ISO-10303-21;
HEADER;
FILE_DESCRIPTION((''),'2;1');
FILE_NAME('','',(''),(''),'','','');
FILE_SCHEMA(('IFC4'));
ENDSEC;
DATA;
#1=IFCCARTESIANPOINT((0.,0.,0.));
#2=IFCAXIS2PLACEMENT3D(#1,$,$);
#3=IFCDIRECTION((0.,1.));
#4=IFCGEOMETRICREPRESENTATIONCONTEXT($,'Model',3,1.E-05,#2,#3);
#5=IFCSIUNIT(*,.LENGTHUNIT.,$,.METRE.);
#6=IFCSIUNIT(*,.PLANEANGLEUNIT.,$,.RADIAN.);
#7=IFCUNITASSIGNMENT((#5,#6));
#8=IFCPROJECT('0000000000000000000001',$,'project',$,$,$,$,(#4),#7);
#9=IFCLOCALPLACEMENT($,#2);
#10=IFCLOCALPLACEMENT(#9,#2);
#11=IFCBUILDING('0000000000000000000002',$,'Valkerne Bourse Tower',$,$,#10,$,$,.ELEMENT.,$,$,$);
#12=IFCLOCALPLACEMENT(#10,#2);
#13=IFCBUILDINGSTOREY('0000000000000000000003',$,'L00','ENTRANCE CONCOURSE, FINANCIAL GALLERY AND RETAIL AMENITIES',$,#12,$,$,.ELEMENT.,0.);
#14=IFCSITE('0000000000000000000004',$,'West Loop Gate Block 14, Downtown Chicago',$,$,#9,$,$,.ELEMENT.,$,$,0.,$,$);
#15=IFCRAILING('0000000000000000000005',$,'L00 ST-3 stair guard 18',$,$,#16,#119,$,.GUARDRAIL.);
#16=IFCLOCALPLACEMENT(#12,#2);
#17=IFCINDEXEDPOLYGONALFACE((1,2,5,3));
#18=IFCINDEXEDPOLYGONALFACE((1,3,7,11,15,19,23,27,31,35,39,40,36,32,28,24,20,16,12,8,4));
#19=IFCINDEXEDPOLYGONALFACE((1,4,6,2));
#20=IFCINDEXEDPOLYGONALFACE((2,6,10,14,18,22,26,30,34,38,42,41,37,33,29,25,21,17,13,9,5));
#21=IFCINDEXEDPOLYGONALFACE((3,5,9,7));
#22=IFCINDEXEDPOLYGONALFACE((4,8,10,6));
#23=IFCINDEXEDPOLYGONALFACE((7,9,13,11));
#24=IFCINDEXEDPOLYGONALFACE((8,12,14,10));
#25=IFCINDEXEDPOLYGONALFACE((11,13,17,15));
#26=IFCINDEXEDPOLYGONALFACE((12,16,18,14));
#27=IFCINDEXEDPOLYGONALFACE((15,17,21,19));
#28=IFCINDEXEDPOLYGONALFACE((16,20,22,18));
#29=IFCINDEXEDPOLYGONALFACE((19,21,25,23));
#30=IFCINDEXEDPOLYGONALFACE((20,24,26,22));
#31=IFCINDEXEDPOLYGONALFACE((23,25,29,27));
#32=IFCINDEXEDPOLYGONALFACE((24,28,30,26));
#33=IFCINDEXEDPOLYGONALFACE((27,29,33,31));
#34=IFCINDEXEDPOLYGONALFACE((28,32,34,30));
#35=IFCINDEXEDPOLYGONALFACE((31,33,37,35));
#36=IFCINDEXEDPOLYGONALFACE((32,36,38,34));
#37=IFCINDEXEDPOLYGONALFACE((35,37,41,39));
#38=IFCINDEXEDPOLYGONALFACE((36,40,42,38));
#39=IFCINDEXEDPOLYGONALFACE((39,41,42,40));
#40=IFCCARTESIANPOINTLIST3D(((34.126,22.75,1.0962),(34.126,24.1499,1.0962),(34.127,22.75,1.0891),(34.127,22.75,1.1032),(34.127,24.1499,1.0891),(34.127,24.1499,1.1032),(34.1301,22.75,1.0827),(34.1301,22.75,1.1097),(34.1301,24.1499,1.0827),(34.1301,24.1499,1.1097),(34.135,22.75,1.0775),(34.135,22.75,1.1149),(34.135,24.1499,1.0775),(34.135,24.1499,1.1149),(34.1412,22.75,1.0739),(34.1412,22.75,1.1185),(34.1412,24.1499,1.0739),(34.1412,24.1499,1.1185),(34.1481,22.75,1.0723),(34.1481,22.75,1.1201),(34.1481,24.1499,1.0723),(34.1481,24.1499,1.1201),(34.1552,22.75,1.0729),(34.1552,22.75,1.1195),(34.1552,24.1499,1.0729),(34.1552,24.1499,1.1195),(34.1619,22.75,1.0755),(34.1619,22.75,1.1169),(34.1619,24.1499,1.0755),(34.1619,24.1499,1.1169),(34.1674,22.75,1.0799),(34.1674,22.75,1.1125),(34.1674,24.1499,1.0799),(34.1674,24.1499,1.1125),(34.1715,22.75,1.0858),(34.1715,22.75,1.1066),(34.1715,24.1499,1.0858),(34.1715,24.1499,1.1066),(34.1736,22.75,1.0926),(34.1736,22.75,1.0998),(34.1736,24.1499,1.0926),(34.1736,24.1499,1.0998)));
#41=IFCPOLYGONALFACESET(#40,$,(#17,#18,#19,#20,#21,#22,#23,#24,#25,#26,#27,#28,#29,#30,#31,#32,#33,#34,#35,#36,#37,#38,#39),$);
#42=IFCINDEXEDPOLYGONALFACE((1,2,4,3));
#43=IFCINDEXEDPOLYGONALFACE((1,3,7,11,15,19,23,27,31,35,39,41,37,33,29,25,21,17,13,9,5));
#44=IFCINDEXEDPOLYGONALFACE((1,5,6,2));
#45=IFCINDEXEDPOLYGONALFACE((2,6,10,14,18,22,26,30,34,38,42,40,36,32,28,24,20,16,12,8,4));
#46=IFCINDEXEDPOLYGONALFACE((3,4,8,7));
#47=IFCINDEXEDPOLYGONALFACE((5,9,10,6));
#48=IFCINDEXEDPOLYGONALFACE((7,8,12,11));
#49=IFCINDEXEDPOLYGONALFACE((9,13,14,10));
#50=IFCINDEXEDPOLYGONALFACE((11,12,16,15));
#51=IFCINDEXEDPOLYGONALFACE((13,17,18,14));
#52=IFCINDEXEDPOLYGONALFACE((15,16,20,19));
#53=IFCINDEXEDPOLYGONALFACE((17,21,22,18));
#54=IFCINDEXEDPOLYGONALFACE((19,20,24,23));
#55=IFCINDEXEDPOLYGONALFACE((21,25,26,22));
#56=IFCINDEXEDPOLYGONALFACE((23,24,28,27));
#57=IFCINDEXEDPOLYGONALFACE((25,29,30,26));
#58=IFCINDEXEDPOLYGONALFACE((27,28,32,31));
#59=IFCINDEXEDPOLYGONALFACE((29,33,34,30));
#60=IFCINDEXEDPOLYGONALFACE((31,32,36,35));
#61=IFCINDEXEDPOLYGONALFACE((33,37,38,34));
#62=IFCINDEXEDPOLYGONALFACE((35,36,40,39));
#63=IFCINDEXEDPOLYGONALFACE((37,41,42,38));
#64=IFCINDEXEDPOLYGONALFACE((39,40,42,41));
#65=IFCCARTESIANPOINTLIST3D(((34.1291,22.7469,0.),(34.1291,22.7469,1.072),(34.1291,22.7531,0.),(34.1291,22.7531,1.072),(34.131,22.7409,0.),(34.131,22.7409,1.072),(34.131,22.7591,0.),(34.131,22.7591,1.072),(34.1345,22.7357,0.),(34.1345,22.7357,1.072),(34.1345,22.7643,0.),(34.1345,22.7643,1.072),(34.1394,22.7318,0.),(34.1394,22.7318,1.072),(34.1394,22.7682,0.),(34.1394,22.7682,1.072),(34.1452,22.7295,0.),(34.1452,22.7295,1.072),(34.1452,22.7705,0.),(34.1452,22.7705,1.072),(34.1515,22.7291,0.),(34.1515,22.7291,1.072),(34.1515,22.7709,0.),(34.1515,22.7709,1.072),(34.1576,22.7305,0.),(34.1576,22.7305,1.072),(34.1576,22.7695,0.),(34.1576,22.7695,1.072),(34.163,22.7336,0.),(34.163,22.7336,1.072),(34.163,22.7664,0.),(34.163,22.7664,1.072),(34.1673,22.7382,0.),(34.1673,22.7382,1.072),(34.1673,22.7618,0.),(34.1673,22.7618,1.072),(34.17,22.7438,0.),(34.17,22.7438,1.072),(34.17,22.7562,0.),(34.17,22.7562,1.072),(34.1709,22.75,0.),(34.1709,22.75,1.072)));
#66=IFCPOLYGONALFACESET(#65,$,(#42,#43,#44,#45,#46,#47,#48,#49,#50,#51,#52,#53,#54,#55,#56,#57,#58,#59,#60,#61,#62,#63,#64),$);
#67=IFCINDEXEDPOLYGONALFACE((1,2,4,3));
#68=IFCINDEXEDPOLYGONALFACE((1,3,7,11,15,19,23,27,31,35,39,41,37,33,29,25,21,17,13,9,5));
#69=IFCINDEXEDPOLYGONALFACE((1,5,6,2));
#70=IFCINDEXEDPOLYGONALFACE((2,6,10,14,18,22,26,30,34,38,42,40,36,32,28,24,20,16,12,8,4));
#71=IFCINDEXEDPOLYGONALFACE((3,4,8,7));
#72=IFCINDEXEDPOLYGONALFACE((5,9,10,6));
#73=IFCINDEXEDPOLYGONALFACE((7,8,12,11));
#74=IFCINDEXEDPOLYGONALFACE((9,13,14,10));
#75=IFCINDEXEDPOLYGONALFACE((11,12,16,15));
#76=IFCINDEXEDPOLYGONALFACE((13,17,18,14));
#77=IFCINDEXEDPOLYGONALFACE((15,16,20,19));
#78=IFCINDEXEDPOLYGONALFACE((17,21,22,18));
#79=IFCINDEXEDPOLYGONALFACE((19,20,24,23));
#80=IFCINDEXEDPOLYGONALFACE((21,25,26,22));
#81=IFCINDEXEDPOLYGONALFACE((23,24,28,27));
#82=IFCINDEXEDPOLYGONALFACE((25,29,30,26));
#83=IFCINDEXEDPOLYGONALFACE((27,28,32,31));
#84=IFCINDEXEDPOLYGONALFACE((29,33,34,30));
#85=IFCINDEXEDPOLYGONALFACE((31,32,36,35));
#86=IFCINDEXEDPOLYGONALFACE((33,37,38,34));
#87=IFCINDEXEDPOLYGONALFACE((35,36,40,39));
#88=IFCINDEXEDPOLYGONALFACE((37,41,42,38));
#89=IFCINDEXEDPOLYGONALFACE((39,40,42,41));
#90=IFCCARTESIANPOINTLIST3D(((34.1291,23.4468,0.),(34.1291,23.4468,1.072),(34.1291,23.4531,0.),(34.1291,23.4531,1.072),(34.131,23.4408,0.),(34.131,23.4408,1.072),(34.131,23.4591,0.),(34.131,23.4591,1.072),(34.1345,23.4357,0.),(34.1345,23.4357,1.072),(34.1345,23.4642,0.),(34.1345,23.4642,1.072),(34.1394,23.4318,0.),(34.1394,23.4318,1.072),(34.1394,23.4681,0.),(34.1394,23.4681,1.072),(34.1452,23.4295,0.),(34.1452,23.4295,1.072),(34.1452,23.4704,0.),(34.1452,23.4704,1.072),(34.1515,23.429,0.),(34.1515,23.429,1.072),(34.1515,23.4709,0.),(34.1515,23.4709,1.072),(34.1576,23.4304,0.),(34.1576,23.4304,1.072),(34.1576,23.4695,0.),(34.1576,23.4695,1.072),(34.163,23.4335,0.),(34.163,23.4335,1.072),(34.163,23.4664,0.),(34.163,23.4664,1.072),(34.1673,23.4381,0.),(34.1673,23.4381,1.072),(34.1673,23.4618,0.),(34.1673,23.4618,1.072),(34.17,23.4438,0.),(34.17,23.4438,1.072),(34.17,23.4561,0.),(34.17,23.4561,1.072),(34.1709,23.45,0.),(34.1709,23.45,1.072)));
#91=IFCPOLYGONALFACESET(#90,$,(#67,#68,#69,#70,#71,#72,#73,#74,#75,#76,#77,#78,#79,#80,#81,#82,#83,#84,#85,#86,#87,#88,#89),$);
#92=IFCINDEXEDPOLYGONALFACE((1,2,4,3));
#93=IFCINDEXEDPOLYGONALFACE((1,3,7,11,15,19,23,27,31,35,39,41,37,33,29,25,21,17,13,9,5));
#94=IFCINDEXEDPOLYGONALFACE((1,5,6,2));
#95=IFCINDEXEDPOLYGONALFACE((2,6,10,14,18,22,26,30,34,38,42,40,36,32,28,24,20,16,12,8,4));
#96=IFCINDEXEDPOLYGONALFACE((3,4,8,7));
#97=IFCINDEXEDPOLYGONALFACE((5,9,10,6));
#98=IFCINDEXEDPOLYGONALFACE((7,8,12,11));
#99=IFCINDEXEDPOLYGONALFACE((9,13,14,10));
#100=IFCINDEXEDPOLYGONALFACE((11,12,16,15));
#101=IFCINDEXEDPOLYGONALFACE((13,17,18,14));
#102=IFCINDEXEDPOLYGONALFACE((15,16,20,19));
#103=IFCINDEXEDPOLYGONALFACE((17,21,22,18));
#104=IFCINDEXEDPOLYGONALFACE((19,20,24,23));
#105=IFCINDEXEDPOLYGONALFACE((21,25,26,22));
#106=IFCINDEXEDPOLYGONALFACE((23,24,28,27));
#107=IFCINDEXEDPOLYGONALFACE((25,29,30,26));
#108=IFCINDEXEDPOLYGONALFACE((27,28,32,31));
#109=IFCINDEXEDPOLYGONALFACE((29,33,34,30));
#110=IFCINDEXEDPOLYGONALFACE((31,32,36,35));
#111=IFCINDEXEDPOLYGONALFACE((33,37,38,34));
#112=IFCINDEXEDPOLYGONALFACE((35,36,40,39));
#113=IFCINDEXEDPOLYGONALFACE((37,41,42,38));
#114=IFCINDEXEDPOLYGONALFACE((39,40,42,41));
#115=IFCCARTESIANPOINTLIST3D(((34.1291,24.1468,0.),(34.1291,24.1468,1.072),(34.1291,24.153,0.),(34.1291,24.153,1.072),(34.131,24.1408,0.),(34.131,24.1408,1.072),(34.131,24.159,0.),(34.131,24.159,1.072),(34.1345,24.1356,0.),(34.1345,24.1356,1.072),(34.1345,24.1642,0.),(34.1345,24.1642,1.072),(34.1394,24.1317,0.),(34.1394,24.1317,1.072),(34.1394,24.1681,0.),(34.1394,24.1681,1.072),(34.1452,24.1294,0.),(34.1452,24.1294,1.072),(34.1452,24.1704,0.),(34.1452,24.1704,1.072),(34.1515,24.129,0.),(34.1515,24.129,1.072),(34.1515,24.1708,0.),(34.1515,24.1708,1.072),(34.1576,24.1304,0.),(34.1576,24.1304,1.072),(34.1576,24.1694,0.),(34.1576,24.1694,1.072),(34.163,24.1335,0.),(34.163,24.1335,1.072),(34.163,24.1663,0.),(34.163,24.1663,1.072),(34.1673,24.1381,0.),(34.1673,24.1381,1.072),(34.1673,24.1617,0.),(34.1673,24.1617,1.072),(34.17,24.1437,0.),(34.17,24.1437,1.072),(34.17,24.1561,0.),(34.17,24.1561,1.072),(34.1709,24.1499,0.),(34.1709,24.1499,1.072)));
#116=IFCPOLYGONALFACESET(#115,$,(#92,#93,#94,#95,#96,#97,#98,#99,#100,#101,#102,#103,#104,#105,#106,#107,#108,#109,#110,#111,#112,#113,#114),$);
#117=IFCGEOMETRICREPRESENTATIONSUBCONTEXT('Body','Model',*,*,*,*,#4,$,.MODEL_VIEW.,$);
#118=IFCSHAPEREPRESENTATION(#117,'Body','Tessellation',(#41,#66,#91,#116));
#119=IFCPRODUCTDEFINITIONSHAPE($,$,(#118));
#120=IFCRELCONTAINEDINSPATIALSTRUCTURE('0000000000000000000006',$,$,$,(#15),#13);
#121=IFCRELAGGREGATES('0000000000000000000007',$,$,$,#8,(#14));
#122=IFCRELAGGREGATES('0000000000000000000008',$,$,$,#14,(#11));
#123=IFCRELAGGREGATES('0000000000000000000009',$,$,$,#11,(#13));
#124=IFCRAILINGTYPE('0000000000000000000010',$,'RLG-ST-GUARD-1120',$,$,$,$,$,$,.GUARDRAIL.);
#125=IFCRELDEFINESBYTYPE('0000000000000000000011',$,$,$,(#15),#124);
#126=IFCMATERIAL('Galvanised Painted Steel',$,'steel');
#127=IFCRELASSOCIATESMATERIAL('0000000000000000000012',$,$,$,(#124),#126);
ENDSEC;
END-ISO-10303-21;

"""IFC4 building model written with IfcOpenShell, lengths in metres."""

from ifc_helpers import new_model, si_unit, direction, frame, origin, origin_2d, place, context, subcontext, project, spatial, circle, extrude, material, type_object, element, save


model = new_model("IFC4")

# Units and contexts
model_context = context("Model", 3, precision=1e-05, world=origin(), true_north=direction((0.0, 1.0)))
body_context = subcontext(model_context, "Body", "Model", "MODEL_VIEW")
ifc_project = project(units=[si_unit("LENGTHUNIT", "METRE"), si_unit("PLANEANGLEUNIT", "RADIAN")], contexts=[model_context])

# Site, building, storey
site_placement = place(None, origin())
site = spatial("IfcSite", under=ifc_project, at=site_placement, Name="West Loop Gate Block 14, Downtown Chicago", CompositionType="ELEMENT", RefElevation=0.0)
building_placement = place(site_placement, origin())
building = spatial("IfcBuilding", under=site, at=building_placement, Name="Valkerne Bourse Tower", CompositionType="ELEMENT")
storey_placement = place(building_placement, origin())
storey = spatial("IfcBuildingStorey", under=building, at=storey_placement, Name="L00", Description="ENTRANCE CONCOURSE, FINANCIAL GALLERY AND RETAIL AMENITIES", CompositionType="ELEMENT", Elevation=0.0)

# Shared definitions
ifc_material_1 = material(Name="Galvanised Painted Steel", Category="steel")

# Railing
railing_type_1 = type_object("IfcRailingType", Name="RLG-ST-GUARD-1120", PredefinedType="GUARDRAIL", material=ifc_material_1)
for number, where, name in (
    (1, (34.1499, 22.75, 0.0), "L00 ST-3 stair guard 18"),
):
    element("IfcRailing", number, at=place(storey_placement, frame(where)), inside=storey, type_object=railing_type_1, Name=name, PredefinedType="GUARDRAIL", context=body_context, shape_type="SweptSolid", body=[
        extrude(circle(Radius=0.0239, at=origin_2d()), frame((0.0, 0.0, 1.0962), z_axis=(0.0, 1.0, 0.0), x_axis=(-1.0, 0.0, 0.0)), (0.0, 0.0, 1.0), 1.3999),
        extrude(circle(Radius=0.021, at=origin_2d()), origin(), (0.0, 0.0, 1.0), 1.072),
        extrude(circle(Radius=0.021, at=origin_2d()), frame((0.0, 0.7, 0.0)), (0.0, 0.0, 1.0), 1.072),
        extrude(circle(Radius=0.021, at=origin_2d()), frame((0.0, 1.3999, 0.0)), (0.0, 0.0, 1.0), 1.072),
    ])

save(model, "model.ifc")
